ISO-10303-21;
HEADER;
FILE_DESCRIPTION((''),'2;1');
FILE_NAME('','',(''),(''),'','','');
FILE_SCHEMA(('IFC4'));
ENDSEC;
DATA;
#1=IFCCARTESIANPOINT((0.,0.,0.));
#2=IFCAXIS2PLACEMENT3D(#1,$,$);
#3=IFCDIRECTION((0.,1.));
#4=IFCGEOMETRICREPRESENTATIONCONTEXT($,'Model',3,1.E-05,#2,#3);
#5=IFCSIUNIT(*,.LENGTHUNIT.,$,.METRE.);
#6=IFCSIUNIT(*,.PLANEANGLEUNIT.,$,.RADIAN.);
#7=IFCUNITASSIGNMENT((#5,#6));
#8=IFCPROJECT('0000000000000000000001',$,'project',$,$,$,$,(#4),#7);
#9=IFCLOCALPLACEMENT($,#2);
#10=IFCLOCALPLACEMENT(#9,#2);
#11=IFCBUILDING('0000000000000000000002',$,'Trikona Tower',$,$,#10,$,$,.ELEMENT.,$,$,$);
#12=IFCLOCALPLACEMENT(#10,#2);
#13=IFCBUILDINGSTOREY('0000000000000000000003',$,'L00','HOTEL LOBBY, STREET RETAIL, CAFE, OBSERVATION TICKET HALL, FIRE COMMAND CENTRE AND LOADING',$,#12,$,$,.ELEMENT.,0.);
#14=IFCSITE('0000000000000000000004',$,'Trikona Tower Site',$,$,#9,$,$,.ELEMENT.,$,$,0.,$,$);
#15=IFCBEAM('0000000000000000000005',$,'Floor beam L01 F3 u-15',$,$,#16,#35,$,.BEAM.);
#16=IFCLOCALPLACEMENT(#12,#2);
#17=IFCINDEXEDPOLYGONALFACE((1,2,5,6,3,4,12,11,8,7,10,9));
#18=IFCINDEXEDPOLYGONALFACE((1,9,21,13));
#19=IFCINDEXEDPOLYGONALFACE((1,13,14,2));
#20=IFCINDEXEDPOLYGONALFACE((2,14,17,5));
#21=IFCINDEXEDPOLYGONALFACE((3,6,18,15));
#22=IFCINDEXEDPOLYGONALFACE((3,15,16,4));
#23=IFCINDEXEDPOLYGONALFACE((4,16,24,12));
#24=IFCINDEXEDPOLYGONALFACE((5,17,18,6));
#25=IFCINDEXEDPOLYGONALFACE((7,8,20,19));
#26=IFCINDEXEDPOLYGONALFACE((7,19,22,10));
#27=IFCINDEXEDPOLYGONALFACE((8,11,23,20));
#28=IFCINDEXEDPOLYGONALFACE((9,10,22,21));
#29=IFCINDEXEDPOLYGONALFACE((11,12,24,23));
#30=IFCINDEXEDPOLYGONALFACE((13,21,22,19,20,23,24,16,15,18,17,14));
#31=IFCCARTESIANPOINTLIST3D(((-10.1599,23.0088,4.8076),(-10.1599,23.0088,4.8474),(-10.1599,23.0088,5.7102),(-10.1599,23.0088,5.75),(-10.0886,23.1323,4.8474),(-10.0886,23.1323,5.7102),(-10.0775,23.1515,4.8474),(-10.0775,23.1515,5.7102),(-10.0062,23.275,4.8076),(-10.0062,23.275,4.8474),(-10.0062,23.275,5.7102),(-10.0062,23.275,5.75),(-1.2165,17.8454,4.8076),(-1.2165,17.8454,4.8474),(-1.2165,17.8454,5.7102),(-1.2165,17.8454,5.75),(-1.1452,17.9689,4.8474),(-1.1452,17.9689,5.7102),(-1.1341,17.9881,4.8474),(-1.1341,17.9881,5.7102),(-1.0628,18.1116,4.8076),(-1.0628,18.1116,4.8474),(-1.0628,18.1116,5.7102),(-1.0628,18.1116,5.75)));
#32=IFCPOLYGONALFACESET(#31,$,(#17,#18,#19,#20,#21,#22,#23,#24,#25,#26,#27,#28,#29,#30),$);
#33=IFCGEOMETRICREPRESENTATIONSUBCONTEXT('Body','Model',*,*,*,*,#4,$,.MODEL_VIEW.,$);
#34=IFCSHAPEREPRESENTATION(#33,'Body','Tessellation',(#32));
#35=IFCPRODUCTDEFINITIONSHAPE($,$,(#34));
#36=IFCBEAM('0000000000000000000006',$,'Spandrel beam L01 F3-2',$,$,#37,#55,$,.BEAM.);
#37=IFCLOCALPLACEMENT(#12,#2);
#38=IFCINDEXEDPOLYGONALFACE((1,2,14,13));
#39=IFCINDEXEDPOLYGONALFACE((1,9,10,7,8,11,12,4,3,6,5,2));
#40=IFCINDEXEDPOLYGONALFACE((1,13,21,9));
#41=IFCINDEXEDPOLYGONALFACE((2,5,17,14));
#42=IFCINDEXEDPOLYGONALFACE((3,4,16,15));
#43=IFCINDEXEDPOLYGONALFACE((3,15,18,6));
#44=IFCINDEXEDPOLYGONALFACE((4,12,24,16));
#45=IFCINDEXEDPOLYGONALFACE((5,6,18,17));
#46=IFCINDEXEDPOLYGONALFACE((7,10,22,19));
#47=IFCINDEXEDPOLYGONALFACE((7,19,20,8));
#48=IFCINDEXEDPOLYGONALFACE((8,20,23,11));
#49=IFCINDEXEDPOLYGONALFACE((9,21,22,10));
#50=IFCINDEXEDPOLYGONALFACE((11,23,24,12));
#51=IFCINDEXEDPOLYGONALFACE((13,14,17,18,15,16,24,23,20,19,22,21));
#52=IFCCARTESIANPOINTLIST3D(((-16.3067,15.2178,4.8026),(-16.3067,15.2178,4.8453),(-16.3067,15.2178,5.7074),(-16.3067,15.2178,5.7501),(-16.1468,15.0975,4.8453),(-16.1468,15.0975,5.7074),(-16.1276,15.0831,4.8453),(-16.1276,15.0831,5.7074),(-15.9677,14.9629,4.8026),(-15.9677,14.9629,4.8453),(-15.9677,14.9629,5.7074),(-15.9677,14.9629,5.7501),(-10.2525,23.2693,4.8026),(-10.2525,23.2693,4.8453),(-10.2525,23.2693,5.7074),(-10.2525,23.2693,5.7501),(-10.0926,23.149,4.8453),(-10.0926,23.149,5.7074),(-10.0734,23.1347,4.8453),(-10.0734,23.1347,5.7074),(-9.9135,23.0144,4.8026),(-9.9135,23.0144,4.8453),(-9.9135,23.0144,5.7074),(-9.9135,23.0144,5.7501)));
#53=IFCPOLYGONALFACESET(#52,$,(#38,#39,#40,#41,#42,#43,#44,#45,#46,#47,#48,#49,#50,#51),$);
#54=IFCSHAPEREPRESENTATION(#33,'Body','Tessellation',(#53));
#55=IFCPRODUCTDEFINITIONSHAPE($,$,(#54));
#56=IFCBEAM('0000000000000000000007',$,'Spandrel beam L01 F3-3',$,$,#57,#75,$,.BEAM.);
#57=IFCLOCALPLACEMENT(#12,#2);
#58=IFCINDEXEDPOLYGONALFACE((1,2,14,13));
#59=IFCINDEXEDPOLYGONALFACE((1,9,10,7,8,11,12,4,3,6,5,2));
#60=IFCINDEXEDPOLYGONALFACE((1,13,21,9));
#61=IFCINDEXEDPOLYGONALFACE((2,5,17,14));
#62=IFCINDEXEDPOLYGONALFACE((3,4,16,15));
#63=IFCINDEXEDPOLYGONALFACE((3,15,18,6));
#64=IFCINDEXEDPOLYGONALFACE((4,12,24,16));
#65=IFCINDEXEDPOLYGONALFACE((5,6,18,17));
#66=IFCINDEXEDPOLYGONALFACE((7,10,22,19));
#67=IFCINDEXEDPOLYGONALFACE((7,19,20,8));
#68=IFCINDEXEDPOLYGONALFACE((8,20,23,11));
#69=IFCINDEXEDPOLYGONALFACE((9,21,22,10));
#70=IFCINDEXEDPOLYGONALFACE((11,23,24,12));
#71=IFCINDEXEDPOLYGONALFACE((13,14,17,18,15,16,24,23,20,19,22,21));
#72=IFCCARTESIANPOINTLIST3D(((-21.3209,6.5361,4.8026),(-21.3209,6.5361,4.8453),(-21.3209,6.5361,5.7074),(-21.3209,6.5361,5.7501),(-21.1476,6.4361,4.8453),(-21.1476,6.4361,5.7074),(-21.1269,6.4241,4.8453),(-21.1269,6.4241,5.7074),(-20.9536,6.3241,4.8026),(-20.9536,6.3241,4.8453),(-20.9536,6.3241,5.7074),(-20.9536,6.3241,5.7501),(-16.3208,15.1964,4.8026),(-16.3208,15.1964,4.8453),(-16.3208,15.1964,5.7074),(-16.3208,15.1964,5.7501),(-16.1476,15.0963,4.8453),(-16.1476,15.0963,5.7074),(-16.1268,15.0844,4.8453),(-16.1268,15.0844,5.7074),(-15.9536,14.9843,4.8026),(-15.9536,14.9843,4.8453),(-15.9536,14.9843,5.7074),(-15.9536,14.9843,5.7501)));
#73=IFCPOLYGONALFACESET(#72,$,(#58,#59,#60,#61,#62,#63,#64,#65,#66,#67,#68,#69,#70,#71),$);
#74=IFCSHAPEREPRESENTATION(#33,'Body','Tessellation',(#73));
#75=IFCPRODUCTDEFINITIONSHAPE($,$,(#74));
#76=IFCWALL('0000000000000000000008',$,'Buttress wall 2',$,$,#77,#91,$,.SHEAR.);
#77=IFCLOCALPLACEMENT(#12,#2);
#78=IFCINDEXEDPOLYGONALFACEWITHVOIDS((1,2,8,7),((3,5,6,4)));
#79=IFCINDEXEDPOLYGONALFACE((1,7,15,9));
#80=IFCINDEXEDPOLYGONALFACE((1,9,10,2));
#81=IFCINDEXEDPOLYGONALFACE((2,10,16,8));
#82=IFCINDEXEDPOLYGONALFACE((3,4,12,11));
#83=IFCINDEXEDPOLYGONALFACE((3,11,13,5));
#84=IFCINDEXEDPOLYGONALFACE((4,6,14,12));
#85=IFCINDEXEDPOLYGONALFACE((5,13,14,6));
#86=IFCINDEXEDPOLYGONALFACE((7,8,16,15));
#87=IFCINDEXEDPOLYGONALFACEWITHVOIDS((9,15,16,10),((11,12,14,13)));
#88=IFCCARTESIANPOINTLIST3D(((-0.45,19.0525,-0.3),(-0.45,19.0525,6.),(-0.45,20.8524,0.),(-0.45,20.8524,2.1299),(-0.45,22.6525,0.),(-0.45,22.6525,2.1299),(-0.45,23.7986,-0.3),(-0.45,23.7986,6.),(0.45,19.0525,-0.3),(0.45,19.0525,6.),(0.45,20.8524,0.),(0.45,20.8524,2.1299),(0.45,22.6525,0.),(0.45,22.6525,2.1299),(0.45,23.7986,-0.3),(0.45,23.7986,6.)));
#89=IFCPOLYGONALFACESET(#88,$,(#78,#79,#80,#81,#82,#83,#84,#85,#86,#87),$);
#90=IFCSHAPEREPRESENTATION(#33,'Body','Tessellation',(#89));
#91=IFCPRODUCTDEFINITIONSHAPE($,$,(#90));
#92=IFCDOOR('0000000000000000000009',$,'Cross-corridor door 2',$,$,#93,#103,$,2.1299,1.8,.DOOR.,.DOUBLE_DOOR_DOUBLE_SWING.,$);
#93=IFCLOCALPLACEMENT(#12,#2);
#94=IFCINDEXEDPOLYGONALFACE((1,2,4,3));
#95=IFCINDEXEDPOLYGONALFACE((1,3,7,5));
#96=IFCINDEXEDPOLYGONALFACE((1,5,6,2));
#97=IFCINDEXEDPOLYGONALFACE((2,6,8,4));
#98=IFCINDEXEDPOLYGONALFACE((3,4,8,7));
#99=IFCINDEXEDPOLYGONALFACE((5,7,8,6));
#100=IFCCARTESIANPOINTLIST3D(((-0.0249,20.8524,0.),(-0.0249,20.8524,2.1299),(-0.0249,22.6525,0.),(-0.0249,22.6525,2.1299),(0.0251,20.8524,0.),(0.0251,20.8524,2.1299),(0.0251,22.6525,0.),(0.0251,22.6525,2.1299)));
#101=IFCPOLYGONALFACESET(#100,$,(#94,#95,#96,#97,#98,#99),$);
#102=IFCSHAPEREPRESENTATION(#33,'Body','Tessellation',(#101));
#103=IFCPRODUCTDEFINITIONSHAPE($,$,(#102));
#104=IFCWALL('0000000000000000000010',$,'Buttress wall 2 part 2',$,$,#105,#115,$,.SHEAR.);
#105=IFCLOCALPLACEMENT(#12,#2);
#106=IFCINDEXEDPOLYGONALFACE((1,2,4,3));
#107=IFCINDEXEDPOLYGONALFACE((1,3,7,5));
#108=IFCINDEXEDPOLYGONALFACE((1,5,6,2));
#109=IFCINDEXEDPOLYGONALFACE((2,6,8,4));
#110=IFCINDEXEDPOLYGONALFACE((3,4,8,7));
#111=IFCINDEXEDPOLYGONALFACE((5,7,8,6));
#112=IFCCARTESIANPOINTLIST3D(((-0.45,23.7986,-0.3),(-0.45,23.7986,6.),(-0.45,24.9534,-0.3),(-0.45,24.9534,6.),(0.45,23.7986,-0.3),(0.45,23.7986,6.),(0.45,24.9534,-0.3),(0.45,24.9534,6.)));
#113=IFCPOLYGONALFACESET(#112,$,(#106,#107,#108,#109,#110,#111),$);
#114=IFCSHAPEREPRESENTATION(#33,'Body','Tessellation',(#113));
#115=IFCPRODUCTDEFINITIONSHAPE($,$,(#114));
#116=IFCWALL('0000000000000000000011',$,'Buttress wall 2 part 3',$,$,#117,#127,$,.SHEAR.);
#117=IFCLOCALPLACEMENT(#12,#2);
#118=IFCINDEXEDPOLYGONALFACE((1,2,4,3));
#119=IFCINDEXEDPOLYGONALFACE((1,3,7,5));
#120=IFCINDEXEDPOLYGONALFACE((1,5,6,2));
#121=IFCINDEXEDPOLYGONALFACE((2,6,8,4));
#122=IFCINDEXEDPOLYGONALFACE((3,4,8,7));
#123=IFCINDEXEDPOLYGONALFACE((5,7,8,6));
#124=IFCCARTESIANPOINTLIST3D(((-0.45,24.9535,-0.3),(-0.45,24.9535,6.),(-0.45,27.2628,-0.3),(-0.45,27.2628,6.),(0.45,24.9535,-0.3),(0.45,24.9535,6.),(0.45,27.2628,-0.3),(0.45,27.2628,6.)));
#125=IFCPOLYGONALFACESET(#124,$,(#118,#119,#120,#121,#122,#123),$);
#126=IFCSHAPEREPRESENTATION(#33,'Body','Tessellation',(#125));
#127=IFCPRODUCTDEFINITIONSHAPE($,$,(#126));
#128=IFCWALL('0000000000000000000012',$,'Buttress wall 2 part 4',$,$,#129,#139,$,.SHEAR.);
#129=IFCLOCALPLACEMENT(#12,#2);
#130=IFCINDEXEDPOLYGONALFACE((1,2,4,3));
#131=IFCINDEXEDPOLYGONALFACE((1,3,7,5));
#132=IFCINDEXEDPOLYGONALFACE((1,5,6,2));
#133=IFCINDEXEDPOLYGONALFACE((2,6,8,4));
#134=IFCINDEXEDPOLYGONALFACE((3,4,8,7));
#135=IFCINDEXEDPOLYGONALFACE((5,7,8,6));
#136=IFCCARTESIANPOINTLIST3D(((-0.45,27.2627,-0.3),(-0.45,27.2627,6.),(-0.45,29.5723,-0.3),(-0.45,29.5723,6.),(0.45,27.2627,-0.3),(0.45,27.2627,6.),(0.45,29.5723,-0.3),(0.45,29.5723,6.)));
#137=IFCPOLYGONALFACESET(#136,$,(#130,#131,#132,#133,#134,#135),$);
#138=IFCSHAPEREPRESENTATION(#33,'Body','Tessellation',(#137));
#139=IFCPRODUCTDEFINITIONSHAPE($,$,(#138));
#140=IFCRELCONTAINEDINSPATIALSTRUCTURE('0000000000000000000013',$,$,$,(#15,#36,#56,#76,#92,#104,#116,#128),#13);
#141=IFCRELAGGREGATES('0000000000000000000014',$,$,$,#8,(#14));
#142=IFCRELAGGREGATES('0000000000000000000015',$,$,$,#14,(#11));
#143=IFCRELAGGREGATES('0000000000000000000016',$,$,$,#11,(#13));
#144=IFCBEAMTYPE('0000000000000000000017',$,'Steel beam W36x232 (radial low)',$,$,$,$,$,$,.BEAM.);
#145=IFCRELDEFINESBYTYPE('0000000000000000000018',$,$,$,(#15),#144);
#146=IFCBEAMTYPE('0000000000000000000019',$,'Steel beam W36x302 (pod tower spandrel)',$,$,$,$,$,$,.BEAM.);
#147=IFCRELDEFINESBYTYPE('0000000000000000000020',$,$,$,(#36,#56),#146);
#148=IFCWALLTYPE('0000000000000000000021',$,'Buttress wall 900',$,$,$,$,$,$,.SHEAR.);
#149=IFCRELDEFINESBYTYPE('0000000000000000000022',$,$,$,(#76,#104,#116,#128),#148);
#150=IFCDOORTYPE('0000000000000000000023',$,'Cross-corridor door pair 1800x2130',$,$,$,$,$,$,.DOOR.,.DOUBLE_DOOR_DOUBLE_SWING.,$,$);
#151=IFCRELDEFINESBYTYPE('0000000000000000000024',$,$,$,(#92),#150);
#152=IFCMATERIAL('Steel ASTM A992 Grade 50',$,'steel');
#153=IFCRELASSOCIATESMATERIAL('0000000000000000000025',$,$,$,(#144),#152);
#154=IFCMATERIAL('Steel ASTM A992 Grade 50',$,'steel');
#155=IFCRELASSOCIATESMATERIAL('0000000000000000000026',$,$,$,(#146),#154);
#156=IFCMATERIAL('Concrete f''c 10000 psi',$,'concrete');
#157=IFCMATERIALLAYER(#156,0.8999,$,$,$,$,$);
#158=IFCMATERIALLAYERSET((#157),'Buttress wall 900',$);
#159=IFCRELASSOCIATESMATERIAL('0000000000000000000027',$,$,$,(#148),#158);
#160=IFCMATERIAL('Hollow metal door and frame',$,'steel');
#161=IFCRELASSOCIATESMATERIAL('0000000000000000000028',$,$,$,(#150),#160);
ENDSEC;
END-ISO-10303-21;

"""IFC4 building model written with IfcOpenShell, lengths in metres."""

from ifc_helpers import new_model, si_unit, direction, frame, frame_2d, origin, origin_2d, place, context, subcontext, project, spatial, rectangle, i_section, extrude, material, layer, layer_set, material_profile, profile_set, type_object, element, fill, save


model = new_model("IFC4")

# Units and contexts
model_context = context("Model", 3, precision=1e-05, world=origin(), true_north=direction((0.0, 1.0)))
body_context = subcontext(model_context, "Body", "Model", "MODEL_VIEW")
ifc_project = project(units=[si_unit("LENGTHUNIT", "METRE"), si_unit("PLANEANGLEUNIT", "RADIAN")], contexts=[model_context])

# Site, building, storey
site_placement = place(None, origin())
site = spatial("IfcSite", under=ifc_project, at=site_placement, Name="Trikona Tower Site", CompositionType="ELEMENT", RefElevation=0.0)
building_placement = place(site_placement, origin())
building = spatial("IfcBuilding", under=site, at=building_placement, Name="Trikona Tower", CompositionType="ELEMENT")
storey_placement = place(building_placement, origin())
storey = spatial("IfcBuildingStorey", under=building, at=storey_placement, Name="L00", Description="HOTEL LOBBY, STREET RETAIL, CAFE, OBSERVATION TICKET HALL, FIRE COMMAND CENTRE AND LOADING", CompositionType="ELEMENT", Elevation=0.0)

# Beams
ifc_material_1 = material(Name="Steel ASTM A992 Grade 50", Category="steel")
ifc_material_profile_1 = material_profile(ifc_material_1, i_section(OverallWidth=0.3074, OverallDepth=0.9424, WebThickness=0.0222, FlangeThickness=0.0398, at=origin_2d()), Name="W36X232")
ifc_profile_set_1 = profile_set([ifc_material_profile_1], Name="Steel ASTM A992 Grade 50")
beam_type_1 = type_object("IfcBeamType", Name="Steel beam W36x232 (radial low)", PredefinedType="BEAM", material=ifc_profile_set_1)
beam_1_placement = place(storey_placement, frame((-1.1396, 17.9785, 5.2788), z_axis=(-0.86603, 0.499991, 0.0), x_axis=(-0.499991, -0.86603, 0.0)))
element("IfcBeam", 1, at=beam_1_placement, inside=storey, type_object=beam_type_1, Name="Floor beam L01 F3 u-15", PredefinedType="BEAM", context=body_context, shape_type="SweptSolid", body=[
    extrude(i_section(OverallWidth=0.3074, OverallDepth=0.9424, WebThickness=0.0222, FlangeThickness=0.0398, at=origin_2d()), origin(), (0.0, 0.0, 1.0), 10.3269),
])
ifc_material_2 = material(Name="Steel ASTM A992 Grade 50", Category="steel")
ifc_material_profile_2 = material_profile(ifc_material_2, i_section(OverallWidth=0.4241, OverallDepth=0.9475, WebThickness=0.0239, FlangeThickness=0.0427, at=origin_2d()), Name="W36X302")
ifc_profile_set_2 = profile_set([ifc_material_profile_2], Name="Steel ASTM A992 Grade 50")
beam_type_2 = type_object("IfcBeamType", Name="Steel beam W36x302 (pod tower spandrel)", PredefinedType="BEAM", material=ifc_profile_set_2)
beam_2_placement = place(storey_placement, frame((-10.083, 23.1418, 5.2764), z_axis=(-0.600988, -0.799258, 0.0), x_axis=(0.799258, -0.600988, 0.0)))
element("IfcBeam", 2, at=beam_2_placement, inside=storey, type_object=beam_type_2, Name="Spandrel beam L01 F3-2", PredefinedType="BEAM", context=body_context, shape_type="SweptSolid", body=[
    extrude(i_section(OverallWidth=0.4241, OverallDepth=0.9475, WebThickness=0.0239, FlangeThickness=0.0427, at=origin_2d()), origin(), (0.0, 0.0, 1.0), 10.0737),
])
beam_3_placement = place(storey_placement, frame((-16.1372, 15.0903, 5.2764), z_axis=(-0.500004, -0.866023, 0.0), x_axis=(0.866023, -0.500004, 0.0)))
element("IfcBeam", 3, at=beam_3_placement, inside=storey, type_object=beam_type_2, Name="Spandrel beam L01 F3-3", PredefinedType="BEAM", context=body_context, shape_type="SweptSolid", body=[
    extrude(i_section(OverallWidth=0.4241, OverallDepth=0.9475, WebThickness=0.0239, FlangeThickness=0.0427, at=origin_2d()), origin(), (0.0, 0.0, 1.0), 10.0),
])

# Wall, opening, door
ifc_material_3 = material(Name="Concrete f'c 10000 psi", Category="concrete")
ifc_layer_1 = layer(ifc_material_3, 0.8999)
ifc_layer_set_1 = layer_set([ifc_layer_1], Name="Buttress wall 900")
wall_type_1 = type_object("IfcWallType", Name="Buttress wall 900", PredefinedType="SHEAR", material=ifc_layer_set_1)
wall_1_placement = place(storey_placement, frame((0.0, 19.0525, -0.3), z_axis=(0.0, 0.0, 1.0), x_axis=(0.0, 1.0, 0.0)))
wall_1 = element("IfcWall", 4, at=wall_1_placement, inside=storey, type_object=wall_type_1, Name="Buttress wall 2", PredefinedType="SHEAR", context=body_context, shape_type="SweptSolid", body=[
    extrude(rectangle(XDim=4.7461, YDim=0.8999, at=frame_2d((2.373, 0.0))), origin(), (0.0, 0.0, 1.0), 6.3),
])
opening_1_placement = place(wall_1_placement, frame((1.8, 0.0, 0.3)))
opening_1 = element("IfcOpeningElement", 5, at=opening_1_placement, cuts=wall_1, PredefinedType="OPENING", context=body_context, shape_type="SweptSolid", body=[
    extrude(rectangle(XDim=1.8, YDim=2.1299, at=frame_2d((0.8999, 1.0649))), frame((0.0, 0.46, 0.0), z_axis=(0.0, -1.0, 0.0), x_axis=(1.0, 0.0, 0.0)), (0.0, 0.0, 1.0), 0.9199),
])
ifc_material_4 = material(Name="Hollow metal door and frame", Category="steel")
door_type_1 = type_object("IfcDoorType", Name="Cross-corridor door pair 1800x2130", OperationType="DOUBLE_DOOR_DOUBLE_SWING", PredefinedType="DOOR", material=ifc_material_4)
door_1_placement = place(opening_1_placement, origin())
door_1 = element("IfcDoor", 6, at=door_1_placement, inside=storey, type_object=door_type_1, Name="Cross-corridor door 2", OperationType="DOUBLE_DOOR_DOUBLE_SWING", OverallHeight=2.1299, OverallWidth=1.8, PredefinedType="DOOR", context=body_context, shape_type="SweptSolid", body=[
    extrude(rectangle(XDim=1.8, YDim=2.1299, at=frame_2d((0.8999, 1.0649))), frame((0.0, 0.0249, 0.0), z_axis=(0.0, -1.0, 0.0), x_axis=(1.0, 0.0, 0.0)), (0.0, 0.0, 1.0), 0.05),
])
fill(opening_1, door_1)

# Walls
wall_2_placement = place(storey_placement, frame((0.0, 23.7986, -0.3), z_axis=(0.0, 0.0, 1.0), x_axis=(0.0, 1.0, 0.0)))
element("IfcWall", 7, at=wall_2_placement, inside=storey, type_object=wall_type_1, Name="Buttress wall 2 part 2", PredefinedType="SHEAR", context=body_context, shape_type="SweptSolid", body=[
    extrude(rectangle(XDim=1.1548, YDim=0.8999, at=frame_2d((0.5774, 0.0))), origin(), (0.0, 0.0, 1.0), 6.3),
])
wall_3_placement = place(storey_placement, frame((0.0, 24.9534, -0.3), z_axis=(0.0, 0.0, 1.0), x_axis=(0.0, 1.0, 0.0)))
element("IfcWall", 8, at=wall_3_placement, inside=storey, type_object=wall_type_1, Name="Buttress wall 2 part 3", PredefinedType="SHEAR", context=body_context, shape_type="SweptSolid", body=[
    extrude(rectangle(XDim=2.3093, YDim=0.8999, at=frame_2d((1.1548, 0.0))), origin(), (0.0, 0.0, 1.0), 6.3),
])
wall_4_placement = place(storey_placement, frame((0.0, 27.2627, -0.3), z_axis=(0.0, 0.0, 1.0), x_axis=(0.0, 1.0, 0.0)))
element("IfcWall", 9, at=wall_4_placement, inside=storey, type_object=wall_type_1, Name="Buttress wall 2 part 4", PredefinedType="SHEAR", context=body_context, shape_type="SweptSolid", body=[
    extrude(rectangle(XDim=2.3096, YDim=0.8999, at=frame_2d((1.1548, 0.0))), origin(), (0.0, 0.0, 1.0), 6.3),
])

save(model, "model.ifc")
